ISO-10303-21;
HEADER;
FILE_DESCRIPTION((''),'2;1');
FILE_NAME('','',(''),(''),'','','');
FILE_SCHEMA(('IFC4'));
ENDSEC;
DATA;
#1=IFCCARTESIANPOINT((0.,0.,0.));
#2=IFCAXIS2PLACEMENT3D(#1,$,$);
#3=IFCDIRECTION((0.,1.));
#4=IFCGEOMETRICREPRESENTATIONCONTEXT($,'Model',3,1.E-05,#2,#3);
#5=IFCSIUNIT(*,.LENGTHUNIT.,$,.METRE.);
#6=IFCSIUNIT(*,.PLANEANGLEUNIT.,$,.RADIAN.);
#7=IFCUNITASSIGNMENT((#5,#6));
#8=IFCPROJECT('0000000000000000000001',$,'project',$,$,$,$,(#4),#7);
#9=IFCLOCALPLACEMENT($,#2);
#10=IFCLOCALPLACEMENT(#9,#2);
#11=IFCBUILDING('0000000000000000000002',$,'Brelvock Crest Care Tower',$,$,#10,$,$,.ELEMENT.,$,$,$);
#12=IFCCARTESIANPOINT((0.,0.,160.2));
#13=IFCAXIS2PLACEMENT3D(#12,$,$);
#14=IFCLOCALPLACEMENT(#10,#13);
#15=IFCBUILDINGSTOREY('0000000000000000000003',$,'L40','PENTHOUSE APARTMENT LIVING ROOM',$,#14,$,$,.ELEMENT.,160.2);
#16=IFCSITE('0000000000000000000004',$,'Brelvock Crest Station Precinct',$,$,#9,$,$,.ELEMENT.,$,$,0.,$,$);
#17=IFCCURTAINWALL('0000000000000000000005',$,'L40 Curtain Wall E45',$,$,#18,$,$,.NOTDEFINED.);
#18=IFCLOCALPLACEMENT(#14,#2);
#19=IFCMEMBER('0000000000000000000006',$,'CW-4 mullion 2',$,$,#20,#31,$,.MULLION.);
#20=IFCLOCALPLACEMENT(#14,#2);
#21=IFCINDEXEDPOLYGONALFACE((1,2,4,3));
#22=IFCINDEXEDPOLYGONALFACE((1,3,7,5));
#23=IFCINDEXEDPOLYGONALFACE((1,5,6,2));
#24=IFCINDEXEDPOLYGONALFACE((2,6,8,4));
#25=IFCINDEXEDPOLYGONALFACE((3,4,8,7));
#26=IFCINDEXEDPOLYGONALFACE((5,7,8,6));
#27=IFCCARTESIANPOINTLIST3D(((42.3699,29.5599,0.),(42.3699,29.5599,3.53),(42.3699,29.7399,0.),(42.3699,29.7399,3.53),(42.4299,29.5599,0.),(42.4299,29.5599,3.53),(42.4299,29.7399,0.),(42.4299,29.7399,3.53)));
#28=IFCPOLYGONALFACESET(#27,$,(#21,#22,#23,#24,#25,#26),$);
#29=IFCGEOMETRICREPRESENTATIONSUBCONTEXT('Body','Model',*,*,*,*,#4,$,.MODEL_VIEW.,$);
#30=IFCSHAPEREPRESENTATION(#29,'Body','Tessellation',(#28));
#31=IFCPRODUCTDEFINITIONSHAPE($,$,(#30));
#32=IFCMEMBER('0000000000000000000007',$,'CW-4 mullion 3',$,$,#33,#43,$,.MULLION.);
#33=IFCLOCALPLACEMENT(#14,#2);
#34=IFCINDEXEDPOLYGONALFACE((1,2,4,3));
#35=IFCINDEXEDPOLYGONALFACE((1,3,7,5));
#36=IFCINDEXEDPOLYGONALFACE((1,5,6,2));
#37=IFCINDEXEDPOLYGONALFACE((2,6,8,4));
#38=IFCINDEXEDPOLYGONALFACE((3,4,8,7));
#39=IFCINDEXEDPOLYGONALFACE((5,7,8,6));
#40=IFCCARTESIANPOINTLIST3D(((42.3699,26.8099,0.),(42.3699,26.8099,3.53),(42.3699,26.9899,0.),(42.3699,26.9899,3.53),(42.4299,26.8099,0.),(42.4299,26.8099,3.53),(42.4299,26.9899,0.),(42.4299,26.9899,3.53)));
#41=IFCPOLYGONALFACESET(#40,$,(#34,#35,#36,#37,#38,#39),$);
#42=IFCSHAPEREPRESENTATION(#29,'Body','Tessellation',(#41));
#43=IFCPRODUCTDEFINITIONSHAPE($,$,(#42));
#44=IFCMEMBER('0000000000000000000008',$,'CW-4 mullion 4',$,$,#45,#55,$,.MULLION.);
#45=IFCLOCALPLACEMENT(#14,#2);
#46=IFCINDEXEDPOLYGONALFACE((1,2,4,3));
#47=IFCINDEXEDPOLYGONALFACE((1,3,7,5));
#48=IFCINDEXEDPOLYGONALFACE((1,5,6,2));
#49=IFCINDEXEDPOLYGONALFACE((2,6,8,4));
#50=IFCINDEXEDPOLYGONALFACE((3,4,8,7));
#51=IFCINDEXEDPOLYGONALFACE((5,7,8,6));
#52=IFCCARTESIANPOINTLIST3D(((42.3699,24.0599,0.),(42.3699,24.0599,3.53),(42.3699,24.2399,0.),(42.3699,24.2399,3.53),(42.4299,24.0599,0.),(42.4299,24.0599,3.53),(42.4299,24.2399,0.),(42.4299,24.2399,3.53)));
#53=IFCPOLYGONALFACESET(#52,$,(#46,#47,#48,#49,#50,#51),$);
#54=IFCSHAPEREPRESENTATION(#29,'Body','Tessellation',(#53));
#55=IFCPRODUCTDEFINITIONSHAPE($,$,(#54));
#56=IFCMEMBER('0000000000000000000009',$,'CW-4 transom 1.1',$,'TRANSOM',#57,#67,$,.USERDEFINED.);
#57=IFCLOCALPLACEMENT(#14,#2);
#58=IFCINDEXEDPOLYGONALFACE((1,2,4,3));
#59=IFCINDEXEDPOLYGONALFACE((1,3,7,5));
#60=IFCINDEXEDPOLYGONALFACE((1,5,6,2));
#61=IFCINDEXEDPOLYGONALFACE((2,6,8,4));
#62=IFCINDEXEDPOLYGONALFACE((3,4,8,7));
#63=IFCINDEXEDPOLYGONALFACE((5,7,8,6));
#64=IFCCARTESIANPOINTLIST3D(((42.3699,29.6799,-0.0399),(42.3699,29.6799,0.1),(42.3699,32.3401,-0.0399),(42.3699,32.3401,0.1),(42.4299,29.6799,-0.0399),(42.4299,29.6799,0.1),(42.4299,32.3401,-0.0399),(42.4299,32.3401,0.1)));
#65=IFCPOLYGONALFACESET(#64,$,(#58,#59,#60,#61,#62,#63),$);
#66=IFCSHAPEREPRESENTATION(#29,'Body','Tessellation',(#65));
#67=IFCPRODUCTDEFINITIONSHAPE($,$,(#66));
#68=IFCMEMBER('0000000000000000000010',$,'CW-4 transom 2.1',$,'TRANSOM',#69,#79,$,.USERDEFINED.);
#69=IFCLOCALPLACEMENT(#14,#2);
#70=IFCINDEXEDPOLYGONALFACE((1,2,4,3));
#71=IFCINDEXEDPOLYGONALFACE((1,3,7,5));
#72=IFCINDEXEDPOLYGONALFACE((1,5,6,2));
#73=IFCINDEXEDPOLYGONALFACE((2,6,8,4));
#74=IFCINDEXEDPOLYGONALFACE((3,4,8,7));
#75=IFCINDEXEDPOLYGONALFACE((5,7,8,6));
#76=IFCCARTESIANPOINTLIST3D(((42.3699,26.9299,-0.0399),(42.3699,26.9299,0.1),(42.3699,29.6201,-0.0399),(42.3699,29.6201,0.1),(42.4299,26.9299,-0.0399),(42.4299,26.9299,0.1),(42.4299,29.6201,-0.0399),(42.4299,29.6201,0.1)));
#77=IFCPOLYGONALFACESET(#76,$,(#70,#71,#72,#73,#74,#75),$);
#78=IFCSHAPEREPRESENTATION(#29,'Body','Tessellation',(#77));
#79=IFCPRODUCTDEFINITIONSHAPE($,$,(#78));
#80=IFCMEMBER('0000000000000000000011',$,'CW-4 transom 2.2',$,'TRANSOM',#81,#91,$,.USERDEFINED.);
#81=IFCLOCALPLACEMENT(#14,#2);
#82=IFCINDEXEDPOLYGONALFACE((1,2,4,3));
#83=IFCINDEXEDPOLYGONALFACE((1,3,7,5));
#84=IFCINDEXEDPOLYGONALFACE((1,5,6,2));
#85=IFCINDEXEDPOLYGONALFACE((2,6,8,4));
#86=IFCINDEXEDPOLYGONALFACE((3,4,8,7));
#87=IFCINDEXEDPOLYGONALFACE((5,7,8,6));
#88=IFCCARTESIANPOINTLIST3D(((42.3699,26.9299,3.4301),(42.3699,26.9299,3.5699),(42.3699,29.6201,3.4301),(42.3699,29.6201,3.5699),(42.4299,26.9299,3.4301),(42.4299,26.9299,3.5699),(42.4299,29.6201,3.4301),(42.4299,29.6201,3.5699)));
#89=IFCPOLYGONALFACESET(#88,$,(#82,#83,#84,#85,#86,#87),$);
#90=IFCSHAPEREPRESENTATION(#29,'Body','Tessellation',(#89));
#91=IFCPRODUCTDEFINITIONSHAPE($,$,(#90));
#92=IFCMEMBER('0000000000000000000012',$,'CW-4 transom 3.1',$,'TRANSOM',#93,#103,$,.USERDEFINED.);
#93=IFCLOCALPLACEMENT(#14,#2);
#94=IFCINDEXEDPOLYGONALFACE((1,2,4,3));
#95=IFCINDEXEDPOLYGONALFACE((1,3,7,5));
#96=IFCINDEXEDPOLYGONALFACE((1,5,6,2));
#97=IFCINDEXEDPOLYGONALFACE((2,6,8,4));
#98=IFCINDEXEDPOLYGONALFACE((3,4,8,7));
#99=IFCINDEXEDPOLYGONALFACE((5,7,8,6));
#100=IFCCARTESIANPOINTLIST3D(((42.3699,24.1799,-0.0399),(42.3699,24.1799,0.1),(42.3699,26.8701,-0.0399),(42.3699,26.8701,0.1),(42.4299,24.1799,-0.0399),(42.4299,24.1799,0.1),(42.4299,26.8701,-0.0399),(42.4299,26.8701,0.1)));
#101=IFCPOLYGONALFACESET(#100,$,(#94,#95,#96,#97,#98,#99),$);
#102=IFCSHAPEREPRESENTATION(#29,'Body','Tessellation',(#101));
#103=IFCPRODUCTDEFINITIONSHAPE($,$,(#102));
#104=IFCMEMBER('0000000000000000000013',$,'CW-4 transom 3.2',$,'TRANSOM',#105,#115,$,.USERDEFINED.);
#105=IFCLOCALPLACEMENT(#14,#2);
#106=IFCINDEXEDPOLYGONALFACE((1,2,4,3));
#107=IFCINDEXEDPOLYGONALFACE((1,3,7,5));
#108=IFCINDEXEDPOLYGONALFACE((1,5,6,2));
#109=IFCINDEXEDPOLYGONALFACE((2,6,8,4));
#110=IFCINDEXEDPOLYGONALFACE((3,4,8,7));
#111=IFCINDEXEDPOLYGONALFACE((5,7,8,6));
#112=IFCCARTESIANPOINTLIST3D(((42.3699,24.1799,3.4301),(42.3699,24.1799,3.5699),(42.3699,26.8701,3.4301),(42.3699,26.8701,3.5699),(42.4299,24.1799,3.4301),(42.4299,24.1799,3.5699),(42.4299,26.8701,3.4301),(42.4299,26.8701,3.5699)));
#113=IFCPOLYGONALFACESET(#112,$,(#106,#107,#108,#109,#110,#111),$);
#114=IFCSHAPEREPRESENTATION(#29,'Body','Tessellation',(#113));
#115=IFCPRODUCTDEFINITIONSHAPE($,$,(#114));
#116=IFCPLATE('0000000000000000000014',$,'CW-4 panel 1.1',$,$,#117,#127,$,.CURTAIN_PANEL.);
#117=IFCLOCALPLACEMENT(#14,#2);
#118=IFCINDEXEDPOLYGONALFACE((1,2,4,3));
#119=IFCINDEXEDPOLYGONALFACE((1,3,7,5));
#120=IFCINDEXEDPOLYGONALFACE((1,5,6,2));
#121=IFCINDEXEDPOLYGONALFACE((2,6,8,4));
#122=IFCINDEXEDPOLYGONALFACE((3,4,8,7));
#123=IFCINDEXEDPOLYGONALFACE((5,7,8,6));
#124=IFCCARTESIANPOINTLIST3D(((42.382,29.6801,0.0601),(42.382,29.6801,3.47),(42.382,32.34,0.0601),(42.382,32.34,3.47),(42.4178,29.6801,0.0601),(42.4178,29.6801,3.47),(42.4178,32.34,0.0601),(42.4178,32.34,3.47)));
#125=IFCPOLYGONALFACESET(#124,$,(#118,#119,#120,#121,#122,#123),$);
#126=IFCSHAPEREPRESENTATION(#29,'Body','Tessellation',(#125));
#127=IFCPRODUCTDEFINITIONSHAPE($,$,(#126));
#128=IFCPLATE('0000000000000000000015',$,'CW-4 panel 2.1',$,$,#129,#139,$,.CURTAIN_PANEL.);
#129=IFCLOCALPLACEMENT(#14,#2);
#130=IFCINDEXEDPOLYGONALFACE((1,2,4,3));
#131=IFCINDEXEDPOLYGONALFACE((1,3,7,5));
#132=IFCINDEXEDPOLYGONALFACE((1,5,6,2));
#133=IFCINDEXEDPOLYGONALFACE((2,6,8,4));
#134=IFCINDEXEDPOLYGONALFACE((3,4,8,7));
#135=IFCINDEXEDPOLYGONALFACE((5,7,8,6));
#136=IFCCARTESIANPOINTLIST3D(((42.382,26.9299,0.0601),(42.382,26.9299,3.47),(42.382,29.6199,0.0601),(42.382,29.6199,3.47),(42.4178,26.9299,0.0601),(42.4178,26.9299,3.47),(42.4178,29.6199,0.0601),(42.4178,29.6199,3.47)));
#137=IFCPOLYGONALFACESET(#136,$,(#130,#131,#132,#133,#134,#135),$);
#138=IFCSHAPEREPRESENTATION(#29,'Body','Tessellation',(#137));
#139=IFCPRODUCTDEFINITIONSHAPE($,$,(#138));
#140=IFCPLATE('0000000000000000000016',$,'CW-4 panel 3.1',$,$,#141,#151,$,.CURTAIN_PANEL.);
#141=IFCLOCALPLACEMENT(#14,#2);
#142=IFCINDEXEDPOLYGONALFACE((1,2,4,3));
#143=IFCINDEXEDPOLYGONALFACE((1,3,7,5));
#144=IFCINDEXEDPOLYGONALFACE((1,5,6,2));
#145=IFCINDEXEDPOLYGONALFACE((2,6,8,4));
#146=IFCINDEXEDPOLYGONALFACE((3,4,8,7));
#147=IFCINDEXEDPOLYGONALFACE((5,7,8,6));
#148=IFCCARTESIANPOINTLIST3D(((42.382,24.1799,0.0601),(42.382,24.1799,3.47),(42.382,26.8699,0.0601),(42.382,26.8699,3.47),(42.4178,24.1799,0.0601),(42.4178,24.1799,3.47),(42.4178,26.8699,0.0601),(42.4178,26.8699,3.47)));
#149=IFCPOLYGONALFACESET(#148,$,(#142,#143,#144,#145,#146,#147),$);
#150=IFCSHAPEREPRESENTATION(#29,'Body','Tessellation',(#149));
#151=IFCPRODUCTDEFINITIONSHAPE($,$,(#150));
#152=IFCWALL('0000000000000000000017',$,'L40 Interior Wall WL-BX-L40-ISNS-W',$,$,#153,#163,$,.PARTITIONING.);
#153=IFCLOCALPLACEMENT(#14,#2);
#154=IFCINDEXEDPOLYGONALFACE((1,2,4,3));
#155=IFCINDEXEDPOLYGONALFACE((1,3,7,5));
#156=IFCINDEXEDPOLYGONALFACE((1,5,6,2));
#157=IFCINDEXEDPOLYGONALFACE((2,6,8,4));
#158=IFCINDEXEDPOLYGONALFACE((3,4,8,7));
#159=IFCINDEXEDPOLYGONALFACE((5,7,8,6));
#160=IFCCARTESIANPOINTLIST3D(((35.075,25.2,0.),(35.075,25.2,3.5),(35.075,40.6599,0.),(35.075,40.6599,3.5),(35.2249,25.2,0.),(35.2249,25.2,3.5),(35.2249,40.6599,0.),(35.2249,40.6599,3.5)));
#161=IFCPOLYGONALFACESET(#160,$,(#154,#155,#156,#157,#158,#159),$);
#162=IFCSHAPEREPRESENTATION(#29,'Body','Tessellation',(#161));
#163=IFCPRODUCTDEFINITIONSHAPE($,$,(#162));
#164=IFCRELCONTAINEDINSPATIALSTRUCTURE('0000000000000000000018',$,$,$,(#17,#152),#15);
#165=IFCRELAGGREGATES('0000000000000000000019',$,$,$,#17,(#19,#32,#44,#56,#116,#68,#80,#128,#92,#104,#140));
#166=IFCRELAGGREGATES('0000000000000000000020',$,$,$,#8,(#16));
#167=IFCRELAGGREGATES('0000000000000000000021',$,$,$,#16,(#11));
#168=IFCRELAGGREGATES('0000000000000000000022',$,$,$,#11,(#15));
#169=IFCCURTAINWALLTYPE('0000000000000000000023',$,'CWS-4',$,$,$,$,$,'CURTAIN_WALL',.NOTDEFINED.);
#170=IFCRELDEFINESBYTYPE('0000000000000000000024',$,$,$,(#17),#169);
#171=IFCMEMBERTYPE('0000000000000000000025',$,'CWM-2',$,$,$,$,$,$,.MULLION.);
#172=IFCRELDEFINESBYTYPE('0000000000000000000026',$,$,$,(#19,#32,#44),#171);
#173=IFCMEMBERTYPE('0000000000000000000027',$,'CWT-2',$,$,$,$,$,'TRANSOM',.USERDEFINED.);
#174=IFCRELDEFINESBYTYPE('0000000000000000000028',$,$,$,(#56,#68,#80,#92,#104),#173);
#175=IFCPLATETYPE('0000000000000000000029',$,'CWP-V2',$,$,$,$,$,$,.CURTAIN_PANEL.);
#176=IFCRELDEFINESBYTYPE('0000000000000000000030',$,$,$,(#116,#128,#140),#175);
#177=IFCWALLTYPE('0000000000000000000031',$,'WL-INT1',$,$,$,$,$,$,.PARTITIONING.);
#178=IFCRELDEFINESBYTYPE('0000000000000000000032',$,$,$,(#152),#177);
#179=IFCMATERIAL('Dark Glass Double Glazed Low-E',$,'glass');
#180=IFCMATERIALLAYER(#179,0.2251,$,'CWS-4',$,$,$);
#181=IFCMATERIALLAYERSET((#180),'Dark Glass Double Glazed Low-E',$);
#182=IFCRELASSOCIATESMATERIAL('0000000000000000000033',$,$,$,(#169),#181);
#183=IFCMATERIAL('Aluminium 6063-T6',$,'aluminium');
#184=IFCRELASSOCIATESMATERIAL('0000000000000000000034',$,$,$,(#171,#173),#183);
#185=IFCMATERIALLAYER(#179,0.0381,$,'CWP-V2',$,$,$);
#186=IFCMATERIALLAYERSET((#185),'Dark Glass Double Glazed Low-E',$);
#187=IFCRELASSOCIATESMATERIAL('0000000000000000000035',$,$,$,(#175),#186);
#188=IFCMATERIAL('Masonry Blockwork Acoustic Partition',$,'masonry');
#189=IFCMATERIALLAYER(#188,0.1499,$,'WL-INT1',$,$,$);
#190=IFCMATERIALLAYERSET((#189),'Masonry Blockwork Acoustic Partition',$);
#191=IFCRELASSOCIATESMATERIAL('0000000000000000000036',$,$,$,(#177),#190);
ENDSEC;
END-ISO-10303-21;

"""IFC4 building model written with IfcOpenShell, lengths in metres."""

from ifc_helpers import new_model, si_unit, direction, frame, frame_2d, origin, origin_2d, place, context, subcontext, project, spatial, rectangle, extrude, source, transform, mapped, material, layer, layer_set, material_profile, profile_set, type_object, element, aggregate, save


model = new_model("IFC4")

# Units and contexts
model_context = context("Model", 3, precision=1e-05, world=origin(), true_north=direction((0.0, 1.0)))
body_context = subcontext(model_context, "Body", "Model", "MODEL_VIEW")
ifc_project = project(units=[si_unit("LENGTHUNIT", "METRE"), si_unit("PLANEANGLEUNIT", "RADIAN")], contexts=[model_context])

# Site, building, storey
site_placement = place(None, origin())
site = spatial("IfcSite", under=ifc_project, at=site_placement, Name="Brelvock Crest Station Precinct", CompositionType="ELEMENT", RefElevation=0.0)
building_placement = place(site_placement, origin())
building = spatial("IfcBuilding", under=site, at=building_placement, Name="Brelvock Crest Care Tower", CompositionType="ELEMENT")
storey_placement = place(building_placement, frame((0.0, 0.0, 160.2)))
storey = spatial("IfcBuildingStorey", under=building, at=storey_placement, Name="L40", Description="PENTHOUSE APARTMENT LIVING ROOM", CompositionType="ELEMENT", Elevation=160.2)

# Curtain wall, members, plates
ifc_material_1 = material(Name="Dark Glass Double Glazed Low-E", Category="glass")
ifc_layer_1 = layer(ifc_material_1, 0.2251, Name="CWS-4")
ifc_layer_set_1 = layer_set([ifc_layer_1], Name="Dark Glass Double Glazed Low-E")
curtain_wall_type = type_object("IfcCurtainWallType", Name="CWS-4", ElementType="CURTAIN_WALL", PredefinedType="NOTDEFINED", material=ifc_layer_set_1)
curtain_wall_placement = place(storey_placement, origin())
curtain_wall = element("IfcCurtainWall", 1, at=curtain_wall_placement, inside=storey, type_object=curtain_wall_type, Name="L40 Curtain Wall E45", PredefinedType="NOTDEFINED")
ifc_material_2 = material(Name="Aluminium 6063-T6", Category="aluminium")
ifc_material_profile_1 = material_profile(ifc_material_2, rectangle(XDim=0.0601, YDim=0.1799, at=origin_2d()), Name="ALU60x180")
ifc_profile_set_1 = profile_set([ifc_material_profile_1], Name="Aluminium 6063-T6")
member_type_1 = type_object("IfcMemberType", Name="CWM-2", PredefinedType="MULLION", material=ifc_profile_set_1)
shared_shape_1 = source(origin(), body_context, "Body", "SweptSolid", [
    extrude(rectangle(XDim=0.0601, YDim=0.1799, at=origin_2d()), origin(), (0.0, 0.0, 1.0), 3.53),
])
member_1_placement = place(storey_placement, frame((42.3999, 29.6499, 0.0), z_axis=(0.0, 0.0, 1.0), x_axis=(1.0, 0.0, 0.0)))
member_1 = element("IfcMember", 2, at=member_1_placement, type_object=member_type_1, Name="CW-4 mullion 2", PredefinedType="MULLION", context=body_context, shape_type="MappedRepresentation", body=[
    mapped(shared_shape_1, transform((0.0, 0.0, 0.0), x_axis=(1.0, 0.0, 0.0), y_axis=(0.0, 1.0, 0.0), z_axis=(0.0, 0.0, 1.0), scale=1.0)),
])
member_2_placement = place(storey_placement, frame((42.3999, 26.8999, 0.0), z_axis=(0.0, 0.0, 1.0), x_axis=(1.0, 0.0, 0.0)))
member_2 = element("IfcMember", 3, at=member_2_placement, type_object=member_type_1, Name="CW-4 mullion 3", PredefinedType="MULLION", context=body_context, shape_type="MappedRepresentation", body=[
    mapped(shared_shape_1, transform((0.0, 0.0, 0.0), x_axis=(1.0, 0.0, 0.0), y_axis=(0.0, 1.0, 0.0), z_axis=(0.0, 0.0, 1.0), scale=1.0)),
])
member_3_placement = place(storey_placement, frame((42.3999, 24.1499, 0.0), z_axis=(0.0, 0.0, 1.0), x_axis=(1.0, 0.0, 0.0)))
member_3 = element("IfcMember", 4, at=member_3_placement, type_object=member_type_1, Name="CW-4 mullion 4", PredefinedType="MULLION", context=body_context, shape_type="MappedRepresentation", body=[
    mapped(shared_shape_1, transform((0.0, 0.0, 0.0), x_axis=(1.0, 0.0, 0.0), y_axis=(0.0, 1.0, 0.0), z_axis=(0.0, 0.0, 1.0), scale=1.0)),
])
ifc_material_profile_2 = material_profile(ifc_material_2, rectangle(XDim=0.0601, YDim=0.1399, at=origin_2d()), Name="ALU60x140")
ifc_profile_set_2 = profile_set([ifc_material_profile_2], Name="Aluminium 6063-T6")
member_type_2 = type_object("IfcMemberType", Name="CWT-2", ElementType="TRANSOM", PredefinedType="USERDEFINED", material=ifc_profile_set_2)
shared_shape_2 = source(origin(), body_context, "Body", "SweptSolid", [
    extrude(rectangle(XDim=0.0601, YDim=0.1399, at=origin_2d()), origin(), (0.0, 0.0, 1.0), 2.6602),
])
member_4_placement = place(storey_placement, frame((42.3999, 32.3401, 0.03), z_axis=(0.0, -1.0, 0.0), x_axis=(1.0, 0.0, 0.0)))
member_4 = element("IfcMember", 5, at=member_4_placement, type_object=member_type_2, Name="CW-4 transom 1.1", ObjectType="TRANSOM", PredefinedType="USERDEFINED", context=body_context, shape_type="MappedRepresentation", body=[
    mapped(shared_shape_2, transform((0.0, 0.0, 0.0), x_axis=(1.0, 0.0, 0.0), y_axis=(0.0, 1.0, 0.0), z_axis=(0.0, 0.0, 1.0), scale=1.0)),
])
shared_shape_3 = source(origin(), body_context, "Body", "SweptSolid", [
    extrude(rectangle(XDim=0.0601, YDim=0.1399, at=origin_2d()), origin(), (0.0, 0.0, 1.0), 2.6902),
])
member_5_placement = place(storey_placement, frame((42.3999, 29.6201, 0.03), z_axis=(0.0, -1.0, 0.0), x_axis=(1.0, 0.0, 0.0)))
member_5 = element("IfcMember", 6, at=member_5_placement, type_object=member_type_2, Name="CW-4 transom 2.1", ObjectType="TRANSOM", PredefinedType="USERDEFINED", context=body_context, shape_type="MappedRepresentation", body=[
    mapped(shared_shape_3, transform((0.0, 0.0, 0.0), x_axis=(1.0, 0.0, 0.0), y_axis=(0.0, 1.0, 0.0), z_axis=(0.0, 0.0, 1.0), scale=1.0)),
])
member_6_placement = place(storey_placement, frame((42.3999, 29.6201, 3.5), z_axis=(0.0, -1.0, 0.0), x_axis=(1.0, 0.0, 0.0)))
member_6 = element("IfcMember", 7, at=member_6_placement, type_object=member_type_2, Name="CW-4 transom 2.2", ObjectType="TRANSOM", PredefinedType="USERDEFINED", context=body_context, shape_type="MappedRepresentation", body=[
    mapped(shared_shape_3, transform((0.0, 0.0, 0.0), x_axis=(1.0, 0.0, 0.0), y_axis=(0.0, 1.0, 0.0), z_axis=(0.0, 0.0, 1.0), scale=1.0)),
])
member_7_placement = place(storey_placement, frame((42.3999, 26.8701, 0.03), z_axis=(0.0, -1.0, 0.0), x_axis=(1.0, 0.0, 0.0)))
member_7 = element("IfcMember", 8, at=member_7_placement, type_object=member_type_2, Name="CW-4 transom 3.1", ObjectType="TRANSOM", PredefinedType="USERDEFINED", context=body_context, shape_type="MappedRepresentation", body=[
    mapped(shared_shape_3, transform((0.0, 0.0, 0.0), x_axis=(1.0, 0.0, 0.0), y_axis=(0.0, 1.0, 0.0), z_axis=(0.0, 0.0, 1.0), scale=1.0)),
])
member_8_placement = place(storey_placement, frame((42.3999, 26.8701, 3.5), z_axis=(0.0, -1.0, 0.0), x_axis=(1.0, 0.0, 0.0)))
member_8 = element("IfcMember", 9, at=member_8_placement, type_object=member_type_2, Name="CW-4 transom 3.2", ObjectType="TRANSOM", PredefinedType="USERDEFINED", context=body_context, shape_type="MappedRepresentation", body=[
    mapped(shared_shape_3, transform((0.0, 0.0, 0.0), x_axis=(1.0, 0.0, 0.0), y_axis=(0.0, 1.0, 0.0), z_axis=(0.0, 0.0, 1.0), scale=1.0)),
])
ifc_layer_2 = layer(ifc_material_1, 0.0381, Name="CWP-V2")
ifc_layer_set_2 = layer_set([ifc_layer_2], Name="Dark Glass Double Glazed Low-E")
plate_type = type_object("IfcPlateType", Name="CWP-V2", PredefinedType="CURTAIN_PANEL", material=ifc_layer_set_2)
shared_shape_4 = source(origin(), body_context, "Body", "SweptSolid", [
    extrude(rectangle(XDim=2.6599, YDim=0.0359, at=origin_2d()), origin(), (0.0, 0.0, 1.0), 3.4099),
])
plate_1_placement = place(storey_placement, frame((42.3999, 31.01, 0.0601), z_axis=(0.0, 0.0, 1.0), x_axis=(0.0, -1.0, 0.0)))
plate_1 = element("IfcPlate", 10, at=plate_1_placement, type_object=plate_type, Name="CW-4 panel 1.1", PredefinedType="CURTAIN_PANEL", context=body_context, shape_type="MappedRepresentation", body=[
    mapped(shared_shape_4, transform((0.0, 0.0, 0.0), x_axis=(1.0, 0.0, 0.0), y_axis=(0.0, 1.0, 0.0), z_axis=(0.0, 0.0, 1.0), scale=1.0)),
])
shared_shape_5 = source(origin(), body_context, "Body", "SweptSolid", [
    extrude(rectangle(XDim=2.6899, YDim=0.0359, at=origin_2d()), origin(), (0.0, 0.0, 1.0), 3.4099),
])
plate_2_placement = place(storey_placement, frame((42.3999, 28.2749, 0.0601), z_axis=(0.0, 0.0, 1.0), x_axis=(0.0, -1.0, 0.0)))
plate_2 = element("IfcPlate", 11, at=plate_2_placement, type_object=plate_type, Name="CW-4 panel 2.1", PredefinedType="CURTAIN_PANEL", context=body_context, shape_type="MappedRepresentation", body=[
    mapped(shared_shape_5, transform((0.0, 0.0, 0.0), x_axis=(1.0, 0.0, 0.0), y_axis=(0.0, 1.0, 0.0), z_axis=(0.0, 0.0, 1.0), scale=1.0)),
])
plate_3_placement = place(storey_placement, frame((42.3999, 25.5249, 0.0601), z_axis=(0.0, 0.0, 1.0), x_axis=(0.0, -1.0, 0.0)))
plate_3 = element("IfcPlate", 12, at=plate_3_placement, type_object=plate_type, Name="CW-4 panel 3.1", PredefinedType="CURTAIN_PANEL", context=body_context, shape_type="MappedRepresentation", body=[
    mapped(shared_shape_5, transform((0.0, 0.0, 0.0), x_axis=(1.0, 0.0, 0.0), y_axis=(0.0, 1.0, 0.0), z_axis=(0.0, 0.0, 1.0), scale=1.0)),
])
aggregate(curtain_wall, [member_1, member_2, member_3, member_4, plate_1, member_5, member_6, plate_2, member_7, member_8, plate_3])

# Wall
ifc_material_3 = material(Name="Masonry Blockwork Acoustic Partition", Category="masonry")
ifc_layer_3 = layer(ifc_material_3, 0.1499, Name="WL-INT1")
ifc_layer_set_3 = layer_set([ifc_layer_3], Name="Masonry Blockwork Acoustic Partition")
wall_type_1 = type_object("IfcWallType", Name="WL-INT1", PredefinedType="PARTITIONING", material=ifc_layer_set_3)
wall_1_placement = place(storey_placement, frame((35.1499, 25.2, 0.0), z_axis=(0.0, 0.0, 1.0), x_axis=(0.0, 1.0, 0.0)))
element("IfcWall", 13, at=wall_1_placement, inside=storey, type_object=wall_type_1, Name="L40 Interior Wall WL-BX-L40-ISNS-W", PredefinedType="PARTITIONING", context=body_context, shape_type="SweptSolid", body=[
    extrude(rectangle(XDim=15.46, YDim=0.1499, at=frame_2d((7.73, 0.0))), origin(), (0.0, 0.0, 1.0), 3.5),
])

save(model, "model.ifc")
